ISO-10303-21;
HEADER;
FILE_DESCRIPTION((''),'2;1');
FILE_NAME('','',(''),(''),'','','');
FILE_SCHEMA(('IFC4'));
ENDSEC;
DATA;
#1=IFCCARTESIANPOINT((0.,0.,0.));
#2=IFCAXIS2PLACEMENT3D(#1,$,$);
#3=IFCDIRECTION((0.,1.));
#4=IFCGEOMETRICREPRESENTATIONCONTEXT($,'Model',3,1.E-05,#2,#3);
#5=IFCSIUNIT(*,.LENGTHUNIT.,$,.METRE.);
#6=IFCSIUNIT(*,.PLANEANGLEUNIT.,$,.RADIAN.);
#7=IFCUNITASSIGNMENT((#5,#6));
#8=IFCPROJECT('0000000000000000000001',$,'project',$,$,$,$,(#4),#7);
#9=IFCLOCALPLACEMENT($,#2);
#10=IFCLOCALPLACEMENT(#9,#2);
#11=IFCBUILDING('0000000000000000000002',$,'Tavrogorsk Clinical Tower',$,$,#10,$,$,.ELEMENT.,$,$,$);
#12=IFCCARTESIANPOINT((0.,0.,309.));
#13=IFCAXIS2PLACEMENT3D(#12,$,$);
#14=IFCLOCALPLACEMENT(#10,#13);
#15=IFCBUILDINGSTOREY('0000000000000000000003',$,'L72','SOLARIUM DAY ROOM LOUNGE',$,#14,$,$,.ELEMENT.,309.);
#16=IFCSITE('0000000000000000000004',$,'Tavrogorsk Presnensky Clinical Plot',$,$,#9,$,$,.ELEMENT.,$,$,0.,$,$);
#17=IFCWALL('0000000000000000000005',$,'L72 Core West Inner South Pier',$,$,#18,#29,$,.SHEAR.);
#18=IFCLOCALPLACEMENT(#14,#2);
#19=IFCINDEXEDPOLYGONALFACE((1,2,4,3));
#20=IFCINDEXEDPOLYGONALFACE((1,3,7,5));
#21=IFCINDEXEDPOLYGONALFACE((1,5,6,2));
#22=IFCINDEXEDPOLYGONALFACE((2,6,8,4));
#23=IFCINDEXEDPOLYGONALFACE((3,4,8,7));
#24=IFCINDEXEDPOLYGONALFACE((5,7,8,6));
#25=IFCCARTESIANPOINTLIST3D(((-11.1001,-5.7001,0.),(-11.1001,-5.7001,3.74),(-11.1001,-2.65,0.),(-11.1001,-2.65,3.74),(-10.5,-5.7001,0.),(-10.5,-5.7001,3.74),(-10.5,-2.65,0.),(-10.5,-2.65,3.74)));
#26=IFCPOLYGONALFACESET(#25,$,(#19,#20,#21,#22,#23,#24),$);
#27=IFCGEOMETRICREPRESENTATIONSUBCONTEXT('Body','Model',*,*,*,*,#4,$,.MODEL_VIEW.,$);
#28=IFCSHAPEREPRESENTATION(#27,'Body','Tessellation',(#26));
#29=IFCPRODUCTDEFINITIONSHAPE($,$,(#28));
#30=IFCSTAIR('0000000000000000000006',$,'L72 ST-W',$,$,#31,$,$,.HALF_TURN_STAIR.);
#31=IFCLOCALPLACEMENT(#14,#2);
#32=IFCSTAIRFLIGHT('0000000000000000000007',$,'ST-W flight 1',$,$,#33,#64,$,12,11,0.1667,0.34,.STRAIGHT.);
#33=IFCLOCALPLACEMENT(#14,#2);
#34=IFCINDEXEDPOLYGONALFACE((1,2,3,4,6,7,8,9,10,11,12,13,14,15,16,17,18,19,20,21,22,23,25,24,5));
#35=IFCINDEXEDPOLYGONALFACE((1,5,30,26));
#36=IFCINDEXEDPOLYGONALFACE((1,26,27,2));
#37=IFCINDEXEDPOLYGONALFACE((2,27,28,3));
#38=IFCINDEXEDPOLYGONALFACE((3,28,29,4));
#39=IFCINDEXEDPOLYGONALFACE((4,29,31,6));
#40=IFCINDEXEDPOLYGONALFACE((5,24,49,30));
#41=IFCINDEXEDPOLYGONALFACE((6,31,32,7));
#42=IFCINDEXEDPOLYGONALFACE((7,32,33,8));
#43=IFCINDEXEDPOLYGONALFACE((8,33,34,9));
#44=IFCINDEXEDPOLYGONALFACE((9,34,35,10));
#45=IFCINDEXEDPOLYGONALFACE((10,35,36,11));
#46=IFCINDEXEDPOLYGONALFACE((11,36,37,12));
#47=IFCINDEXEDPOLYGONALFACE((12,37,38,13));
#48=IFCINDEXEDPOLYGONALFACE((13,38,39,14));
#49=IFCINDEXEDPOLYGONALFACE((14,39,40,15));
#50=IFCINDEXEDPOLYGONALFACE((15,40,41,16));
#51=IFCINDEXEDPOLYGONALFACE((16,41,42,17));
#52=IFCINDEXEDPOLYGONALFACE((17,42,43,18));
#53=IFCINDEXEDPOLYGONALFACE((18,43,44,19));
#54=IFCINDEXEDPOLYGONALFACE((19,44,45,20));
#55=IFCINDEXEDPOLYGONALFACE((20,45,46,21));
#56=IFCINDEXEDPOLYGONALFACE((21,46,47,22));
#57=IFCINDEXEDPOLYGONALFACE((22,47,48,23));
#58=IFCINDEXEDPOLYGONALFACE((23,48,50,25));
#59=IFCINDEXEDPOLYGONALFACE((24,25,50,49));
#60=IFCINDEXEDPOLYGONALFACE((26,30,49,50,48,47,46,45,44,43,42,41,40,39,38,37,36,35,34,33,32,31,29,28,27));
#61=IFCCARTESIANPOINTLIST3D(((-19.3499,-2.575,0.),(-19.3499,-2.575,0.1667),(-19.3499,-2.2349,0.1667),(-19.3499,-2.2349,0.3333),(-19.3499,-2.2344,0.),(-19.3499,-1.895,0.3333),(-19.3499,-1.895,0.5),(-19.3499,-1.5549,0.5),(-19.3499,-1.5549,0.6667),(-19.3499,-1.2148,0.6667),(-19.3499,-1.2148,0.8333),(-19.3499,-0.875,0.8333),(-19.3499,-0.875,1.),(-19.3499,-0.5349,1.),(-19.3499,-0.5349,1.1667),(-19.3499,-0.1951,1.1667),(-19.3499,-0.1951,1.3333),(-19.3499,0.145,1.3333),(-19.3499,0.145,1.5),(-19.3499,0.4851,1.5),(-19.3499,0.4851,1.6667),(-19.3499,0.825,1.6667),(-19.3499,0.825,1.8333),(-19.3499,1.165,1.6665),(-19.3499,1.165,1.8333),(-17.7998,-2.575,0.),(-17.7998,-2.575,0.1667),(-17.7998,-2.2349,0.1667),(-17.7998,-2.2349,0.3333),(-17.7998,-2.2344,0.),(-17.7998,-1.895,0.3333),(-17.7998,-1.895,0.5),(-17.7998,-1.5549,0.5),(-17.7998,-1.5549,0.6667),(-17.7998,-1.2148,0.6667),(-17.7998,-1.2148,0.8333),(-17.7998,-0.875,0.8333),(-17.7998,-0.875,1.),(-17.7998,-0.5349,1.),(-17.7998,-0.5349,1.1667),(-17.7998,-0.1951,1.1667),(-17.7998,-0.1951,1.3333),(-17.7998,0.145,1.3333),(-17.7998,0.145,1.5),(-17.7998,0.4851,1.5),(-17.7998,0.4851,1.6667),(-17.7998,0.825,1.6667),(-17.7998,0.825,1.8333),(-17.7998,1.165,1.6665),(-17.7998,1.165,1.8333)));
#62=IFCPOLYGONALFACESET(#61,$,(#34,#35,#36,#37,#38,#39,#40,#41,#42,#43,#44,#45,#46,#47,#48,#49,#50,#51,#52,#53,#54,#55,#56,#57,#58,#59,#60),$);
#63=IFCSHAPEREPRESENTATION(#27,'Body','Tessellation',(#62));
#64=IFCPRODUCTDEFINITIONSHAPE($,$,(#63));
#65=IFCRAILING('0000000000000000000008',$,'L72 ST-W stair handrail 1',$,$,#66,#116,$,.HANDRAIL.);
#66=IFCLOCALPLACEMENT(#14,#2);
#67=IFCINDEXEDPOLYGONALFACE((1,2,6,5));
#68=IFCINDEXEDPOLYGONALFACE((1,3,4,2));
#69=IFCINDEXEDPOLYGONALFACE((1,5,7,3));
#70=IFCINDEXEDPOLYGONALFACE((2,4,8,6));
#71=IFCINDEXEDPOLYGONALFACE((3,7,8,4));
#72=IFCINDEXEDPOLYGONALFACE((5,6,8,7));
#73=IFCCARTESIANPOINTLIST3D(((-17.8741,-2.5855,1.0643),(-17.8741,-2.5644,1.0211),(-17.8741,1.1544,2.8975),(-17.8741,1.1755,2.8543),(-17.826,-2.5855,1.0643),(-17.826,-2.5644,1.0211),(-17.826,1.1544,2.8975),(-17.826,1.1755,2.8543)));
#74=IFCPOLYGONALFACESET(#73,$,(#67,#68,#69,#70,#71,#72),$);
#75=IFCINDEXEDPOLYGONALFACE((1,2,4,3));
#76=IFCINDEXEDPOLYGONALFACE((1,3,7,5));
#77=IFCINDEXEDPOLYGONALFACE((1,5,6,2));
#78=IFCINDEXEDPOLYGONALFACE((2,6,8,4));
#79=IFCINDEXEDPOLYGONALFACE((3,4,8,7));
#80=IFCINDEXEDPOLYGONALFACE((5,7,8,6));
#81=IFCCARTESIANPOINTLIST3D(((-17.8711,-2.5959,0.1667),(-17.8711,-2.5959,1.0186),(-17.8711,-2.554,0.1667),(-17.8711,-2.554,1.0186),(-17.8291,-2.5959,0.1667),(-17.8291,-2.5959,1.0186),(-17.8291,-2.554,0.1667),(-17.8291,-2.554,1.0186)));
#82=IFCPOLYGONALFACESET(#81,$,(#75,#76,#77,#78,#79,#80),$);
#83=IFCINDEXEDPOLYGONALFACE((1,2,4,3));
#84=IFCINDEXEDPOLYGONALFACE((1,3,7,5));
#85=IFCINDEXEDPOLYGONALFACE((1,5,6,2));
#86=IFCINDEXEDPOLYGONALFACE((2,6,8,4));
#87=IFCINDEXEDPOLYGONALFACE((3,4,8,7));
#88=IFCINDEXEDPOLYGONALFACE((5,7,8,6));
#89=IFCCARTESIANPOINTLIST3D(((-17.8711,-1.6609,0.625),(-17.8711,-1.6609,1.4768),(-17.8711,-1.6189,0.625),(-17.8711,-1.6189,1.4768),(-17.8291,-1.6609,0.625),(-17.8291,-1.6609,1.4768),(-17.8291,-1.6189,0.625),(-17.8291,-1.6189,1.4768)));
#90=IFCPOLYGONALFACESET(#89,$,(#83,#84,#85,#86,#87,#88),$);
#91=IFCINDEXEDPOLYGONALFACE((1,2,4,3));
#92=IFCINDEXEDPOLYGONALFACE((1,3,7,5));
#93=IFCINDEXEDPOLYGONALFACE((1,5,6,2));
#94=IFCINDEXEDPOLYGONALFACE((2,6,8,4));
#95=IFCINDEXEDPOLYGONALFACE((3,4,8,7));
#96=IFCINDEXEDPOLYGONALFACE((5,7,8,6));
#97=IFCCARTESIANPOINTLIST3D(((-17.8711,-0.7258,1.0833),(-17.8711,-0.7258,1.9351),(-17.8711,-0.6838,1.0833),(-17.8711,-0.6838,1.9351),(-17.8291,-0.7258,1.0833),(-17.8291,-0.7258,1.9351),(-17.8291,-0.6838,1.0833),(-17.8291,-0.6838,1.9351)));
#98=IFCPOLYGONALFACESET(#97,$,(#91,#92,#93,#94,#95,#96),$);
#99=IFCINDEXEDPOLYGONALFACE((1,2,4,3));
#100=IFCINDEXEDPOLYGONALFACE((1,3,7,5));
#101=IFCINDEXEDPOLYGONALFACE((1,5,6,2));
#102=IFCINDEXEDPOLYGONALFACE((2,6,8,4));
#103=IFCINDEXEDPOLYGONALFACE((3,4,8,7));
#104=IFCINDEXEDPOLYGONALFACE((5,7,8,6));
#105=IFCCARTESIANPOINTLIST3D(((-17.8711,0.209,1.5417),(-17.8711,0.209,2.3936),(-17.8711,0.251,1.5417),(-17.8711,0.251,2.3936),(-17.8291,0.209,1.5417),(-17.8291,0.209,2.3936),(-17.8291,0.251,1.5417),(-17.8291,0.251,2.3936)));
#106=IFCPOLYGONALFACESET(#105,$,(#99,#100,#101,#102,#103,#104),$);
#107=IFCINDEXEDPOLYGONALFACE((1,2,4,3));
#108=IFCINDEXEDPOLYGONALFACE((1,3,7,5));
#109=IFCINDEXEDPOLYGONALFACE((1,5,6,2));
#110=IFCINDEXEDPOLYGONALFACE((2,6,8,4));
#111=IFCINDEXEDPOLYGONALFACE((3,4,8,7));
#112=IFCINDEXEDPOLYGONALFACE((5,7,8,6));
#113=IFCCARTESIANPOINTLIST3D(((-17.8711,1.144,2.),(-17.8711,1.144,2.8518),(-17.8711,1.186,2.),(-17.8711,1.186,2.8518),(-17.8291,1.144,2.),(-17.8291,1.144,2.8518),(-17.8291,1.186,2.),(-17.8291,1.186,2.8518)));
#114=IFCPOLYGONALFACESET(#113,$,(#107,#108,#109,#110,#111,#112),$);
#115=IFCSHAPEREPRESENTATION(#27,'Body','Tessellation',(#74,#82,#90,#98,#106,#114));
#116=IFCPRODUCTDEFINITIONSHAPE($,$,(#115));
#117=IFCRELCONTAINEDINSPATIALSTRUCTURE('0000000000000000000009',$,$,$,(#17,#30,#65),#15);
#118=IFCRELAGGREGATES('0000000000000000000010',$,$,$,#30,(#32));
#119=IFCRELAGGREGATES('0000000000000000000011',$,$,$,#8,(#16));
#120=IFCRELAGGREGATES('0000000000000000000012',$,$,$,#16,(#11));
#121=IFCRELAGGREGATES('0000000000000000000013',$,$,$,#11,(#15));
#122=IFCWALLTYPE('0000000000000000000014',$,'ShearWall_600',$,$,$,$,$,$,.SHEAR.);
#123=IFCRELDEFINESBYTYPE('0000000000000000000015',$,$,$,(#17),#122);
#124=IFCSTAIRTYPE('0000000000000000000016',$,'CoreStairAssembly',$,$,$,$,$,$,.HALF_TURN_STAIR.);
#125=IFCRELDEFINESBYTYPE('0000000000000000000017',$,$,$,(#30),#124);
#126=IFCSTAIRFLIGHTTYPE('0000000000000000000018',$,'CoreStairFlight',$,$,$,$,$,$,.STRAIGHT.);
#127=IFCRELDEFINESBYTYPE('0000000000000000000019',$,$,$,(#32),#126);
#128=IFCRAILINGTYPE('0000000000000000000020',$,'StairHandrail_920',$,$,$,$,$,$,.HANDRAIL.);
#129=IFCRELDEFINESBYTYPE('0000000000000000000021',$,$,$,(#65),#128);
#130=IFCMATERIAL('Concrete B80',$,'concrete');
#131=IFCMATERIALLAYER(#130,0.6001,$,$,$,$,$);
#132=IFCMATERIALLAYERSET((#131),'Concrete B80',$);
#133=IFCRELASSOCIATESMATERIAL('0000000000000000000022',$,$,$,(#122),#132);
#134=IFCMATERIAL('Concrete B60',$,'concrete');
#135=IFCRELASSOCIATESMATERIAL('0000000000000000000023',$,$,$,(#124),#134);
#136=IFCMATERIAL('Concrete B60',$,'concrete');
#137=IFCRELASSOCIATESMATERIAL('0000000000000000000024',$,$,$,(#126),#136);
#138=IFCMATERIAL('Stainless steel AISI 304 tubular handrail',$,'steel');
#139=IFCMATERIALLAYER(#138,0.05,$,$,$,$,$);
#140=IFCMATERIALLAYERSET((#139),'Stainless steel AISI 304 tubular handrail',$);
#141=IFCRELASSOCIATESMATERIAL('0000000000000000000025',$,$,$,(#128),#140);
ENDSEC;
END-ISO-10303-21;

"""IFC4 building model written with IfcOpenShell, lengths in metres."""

from ifc_helpers import new_model, si_unit, direction, frame, frame_2d, origin, origin_2d, place, context, subcontext, project, spatial, polyline, rectangle, outline, extrude, material, layer, layer_set, type_object, element, aggregate, save


model = new_model("IFC4")

# Units and contexts
model_context = context("Model", 3, precision=1e-05, world=origin(), true_north=direction((0.0, 1.0)))
body_context = subcontext(model_context, "Body", "Model", "MODEL_VIEW")
ifc_project = project(units=[si_unit("LENGTHUNIT", "METRE"), si_unit("PLANEANGLEUNIT", "RADIAN")], contexts=[model_context])

# Site, building, storey
site_placement = place(None, origin())
site = spatial("IfcSite", under=ifc_project, at=site_placement, Name="Tavrogorsk Presnensky Clinical Plot", CompositionType="ELEMENT", RefElevation=0.0)
building_placement = place(site_placement, origin())
building = spatial("IfcBuilding", under=site, at=building_placement, Name="Tavrogorsk Clinical Tower", CompositionType="ELEMENT")
storey_placement = place(building_placement, frame((0.0, 0.0, 309.0)))
storey = spatial("IfcBuildingStorey", under=building, at=storey_placement, Name="L72", Description="SOLARIUM DAY ROOM LOUNGE", CompositionType="ELEMENT", Elevation=309.0)

# Wall
ifc_material_1 = material(Name="Concrete B80", Category="concrete")
ifc_layer_1 = layer(ifc_material_1, 0.6001)
ifc_layer_set_1 = layer_set([ifc_layer_1], Name="Concrete B80")
wall_type_1 = type_object("IfcWallType", Name="ShearWall_600", PredefinedType="SHEAR", material=ifc_layer_set_1)
wall_1_placement = place(storey_placement, frame((-10.8, -5.7, 0.0), z_axis=(0.0, 0.0, 1.0), x_axis=(0.0, 1.0, 0.0)))
element("IfcWall", 1, at=wall_1_placement, inside=storey, type_object=wall_type_1, Name="L72 Core West Inner South Pier", PredefinedType="SHEAR", context=body_context, shape_type="SweptSolid", body=[
    extrude(rectangle(XDim=3.05, YDim=0.6001, at=frame_2d((1.5249, 0.0))), origin(), (0.0, 0.0, 1.0), 3.74),
])

# Stair, stair flight
ifc_material_2 = material(Name="Concrete B60", Category="concrete")
stair_type = type_object("IfcStairType", Name="CoreStairAssembly", PredefinedType="HALF_TURN_STAIR", material=ifc_material_2)
stair_placement = place(storey_placement, origin())
stair = element("IfcStair", 2, at=stair_placement, inside=storey, type_object=stair_type, Name="L72 ST-W", PredefinedType="HALF_TURN_STAIR")
ifc_material_3 = material(Name="Concrete B60", Category="concrete")
stair_flight_type = type_object("IfcStairFlightType", Name="CoreStairFlight", PredefinedType="STRAIGHT", material=ifc_material_3)
stair_flight_placement = place(storey_placement, frame((-18.575, -2.575, 0.0), z_axis=(0.0, 0.0, 1.0), x_axis=(0.0, 1.0, 0.0)))
stair_flight = element("IfcStairFlight", 3, at=stair_flight_placement, type_object=stair_flight_type, Name="ST-W flight 1", NumberOfRisers=12, NumberOfTreads=11, PredefinedType="STRAIGHT", RiserHeight=0.1667, TreadLength=0.34, context=body_context, shape_type="SweptSolid", body=[
    extrude(outline(polyline([(0.0, 0.0), (0.0, 0.1667), (0.3401, 0.1667), (0.3401, 0.3333), (0.6799, 0.3333), (0.6799, 0.5), (1.02, 0.5), (1.02, 0.6667), (1.3601, 0.6667), (1.3601, 0.8333), (1.7, 0.8333), (1.7, 1.0), (2.04, 1.0), (2.04, 1.1667), (2.3799, 1.1667), (2.3799, 1.3333), (2.72, 1.3333), (2.72, 1.5), (3.0601, 1.5), (3.0601, 1.6667), (3.3999, 1.6667), (3.3999, 1.8333), (3.74, 1.8333), (3.74, 2.0), (3.74, 1.6665), (0.3406, 0.0), (0.0, 0.0)])), frame((0.0, 0.7749, 0.0), z_axis=(0.0, -1.0, 0.0), x_axis=(1.0, 0.0, 0.0)), (0.0, 0.0, 1.0), 1.55),
])
aggregate(stair, [stair_flight])

# Railing
ifc_material_4 = material(Name="Stainless steel AISI 304 tubular handrail", Category="steel")
ifc_layer_2 = layer(ifc_material_4, 0.05)
ifc_layer_set_2 = layer_set([ifc_layer_2], Name="Stainless steel AISI 304 tubular handrail")
railing_type = type_object("IfcRailingType", Name="StairHandrail_920", PredefinedType="HANDRAIL", material=ifc_layer_set_2)
railing_placement = place(storey_placement, frame((-17.8501, -2.575, 0.1667)))
element("IfcRailing", 4, at=railing_placement, inside=storey, type_object=railing_type, Name="L72 ST-W stair handrail 1", PredefinedType="HANDRAIL", context=body_context, shape_type="SweptSolid", body=[
    extrude(rectangle(XDim=0.0481, YDim=0.0481, at=origin_2d()), frame((0.0, 0.0, 0.876), z_axis=(0.0, 0.897928, 0.440142), x_axis=(-1.0, 0.0, 0.0)), (0.0, 0.0, 1.0), 4.165),
    extrude(rectangle(XDim=0.042, YDim=0.042, at=origin_2d()), origin(), (0.0, 0.0, 1.0), 0.8518),
    extrude(rectangle(XDim=0.042, YDim=0.042, at=origin_2d()), frame((0.0, 0.9351, 0.4583)), (0.0, 0.0, 1.0), 0.8518),
    extrude(rectangle(XDim=0.042, YDim=0.042, at=origin_2d()), frame((0.0, 1.8701, 0.9165)), (0.0, 0.0, 1.0), 0.8518),
    extrude(rectangle(XDim=0.042, YDim=0.042, at=origin_2d()), frame((0.0, 2.8049, 1.375)), (0.0, 0.0, 1.0), 0.8518),
    extrude(rectangle(XDim=0.042, YDim=0.042, at=origin_2d()), frame((0.0, 3.74, 1.8333)), (0.0, 0.0, 1.0), 0.8518),
])

save(model, "model.ifc")
